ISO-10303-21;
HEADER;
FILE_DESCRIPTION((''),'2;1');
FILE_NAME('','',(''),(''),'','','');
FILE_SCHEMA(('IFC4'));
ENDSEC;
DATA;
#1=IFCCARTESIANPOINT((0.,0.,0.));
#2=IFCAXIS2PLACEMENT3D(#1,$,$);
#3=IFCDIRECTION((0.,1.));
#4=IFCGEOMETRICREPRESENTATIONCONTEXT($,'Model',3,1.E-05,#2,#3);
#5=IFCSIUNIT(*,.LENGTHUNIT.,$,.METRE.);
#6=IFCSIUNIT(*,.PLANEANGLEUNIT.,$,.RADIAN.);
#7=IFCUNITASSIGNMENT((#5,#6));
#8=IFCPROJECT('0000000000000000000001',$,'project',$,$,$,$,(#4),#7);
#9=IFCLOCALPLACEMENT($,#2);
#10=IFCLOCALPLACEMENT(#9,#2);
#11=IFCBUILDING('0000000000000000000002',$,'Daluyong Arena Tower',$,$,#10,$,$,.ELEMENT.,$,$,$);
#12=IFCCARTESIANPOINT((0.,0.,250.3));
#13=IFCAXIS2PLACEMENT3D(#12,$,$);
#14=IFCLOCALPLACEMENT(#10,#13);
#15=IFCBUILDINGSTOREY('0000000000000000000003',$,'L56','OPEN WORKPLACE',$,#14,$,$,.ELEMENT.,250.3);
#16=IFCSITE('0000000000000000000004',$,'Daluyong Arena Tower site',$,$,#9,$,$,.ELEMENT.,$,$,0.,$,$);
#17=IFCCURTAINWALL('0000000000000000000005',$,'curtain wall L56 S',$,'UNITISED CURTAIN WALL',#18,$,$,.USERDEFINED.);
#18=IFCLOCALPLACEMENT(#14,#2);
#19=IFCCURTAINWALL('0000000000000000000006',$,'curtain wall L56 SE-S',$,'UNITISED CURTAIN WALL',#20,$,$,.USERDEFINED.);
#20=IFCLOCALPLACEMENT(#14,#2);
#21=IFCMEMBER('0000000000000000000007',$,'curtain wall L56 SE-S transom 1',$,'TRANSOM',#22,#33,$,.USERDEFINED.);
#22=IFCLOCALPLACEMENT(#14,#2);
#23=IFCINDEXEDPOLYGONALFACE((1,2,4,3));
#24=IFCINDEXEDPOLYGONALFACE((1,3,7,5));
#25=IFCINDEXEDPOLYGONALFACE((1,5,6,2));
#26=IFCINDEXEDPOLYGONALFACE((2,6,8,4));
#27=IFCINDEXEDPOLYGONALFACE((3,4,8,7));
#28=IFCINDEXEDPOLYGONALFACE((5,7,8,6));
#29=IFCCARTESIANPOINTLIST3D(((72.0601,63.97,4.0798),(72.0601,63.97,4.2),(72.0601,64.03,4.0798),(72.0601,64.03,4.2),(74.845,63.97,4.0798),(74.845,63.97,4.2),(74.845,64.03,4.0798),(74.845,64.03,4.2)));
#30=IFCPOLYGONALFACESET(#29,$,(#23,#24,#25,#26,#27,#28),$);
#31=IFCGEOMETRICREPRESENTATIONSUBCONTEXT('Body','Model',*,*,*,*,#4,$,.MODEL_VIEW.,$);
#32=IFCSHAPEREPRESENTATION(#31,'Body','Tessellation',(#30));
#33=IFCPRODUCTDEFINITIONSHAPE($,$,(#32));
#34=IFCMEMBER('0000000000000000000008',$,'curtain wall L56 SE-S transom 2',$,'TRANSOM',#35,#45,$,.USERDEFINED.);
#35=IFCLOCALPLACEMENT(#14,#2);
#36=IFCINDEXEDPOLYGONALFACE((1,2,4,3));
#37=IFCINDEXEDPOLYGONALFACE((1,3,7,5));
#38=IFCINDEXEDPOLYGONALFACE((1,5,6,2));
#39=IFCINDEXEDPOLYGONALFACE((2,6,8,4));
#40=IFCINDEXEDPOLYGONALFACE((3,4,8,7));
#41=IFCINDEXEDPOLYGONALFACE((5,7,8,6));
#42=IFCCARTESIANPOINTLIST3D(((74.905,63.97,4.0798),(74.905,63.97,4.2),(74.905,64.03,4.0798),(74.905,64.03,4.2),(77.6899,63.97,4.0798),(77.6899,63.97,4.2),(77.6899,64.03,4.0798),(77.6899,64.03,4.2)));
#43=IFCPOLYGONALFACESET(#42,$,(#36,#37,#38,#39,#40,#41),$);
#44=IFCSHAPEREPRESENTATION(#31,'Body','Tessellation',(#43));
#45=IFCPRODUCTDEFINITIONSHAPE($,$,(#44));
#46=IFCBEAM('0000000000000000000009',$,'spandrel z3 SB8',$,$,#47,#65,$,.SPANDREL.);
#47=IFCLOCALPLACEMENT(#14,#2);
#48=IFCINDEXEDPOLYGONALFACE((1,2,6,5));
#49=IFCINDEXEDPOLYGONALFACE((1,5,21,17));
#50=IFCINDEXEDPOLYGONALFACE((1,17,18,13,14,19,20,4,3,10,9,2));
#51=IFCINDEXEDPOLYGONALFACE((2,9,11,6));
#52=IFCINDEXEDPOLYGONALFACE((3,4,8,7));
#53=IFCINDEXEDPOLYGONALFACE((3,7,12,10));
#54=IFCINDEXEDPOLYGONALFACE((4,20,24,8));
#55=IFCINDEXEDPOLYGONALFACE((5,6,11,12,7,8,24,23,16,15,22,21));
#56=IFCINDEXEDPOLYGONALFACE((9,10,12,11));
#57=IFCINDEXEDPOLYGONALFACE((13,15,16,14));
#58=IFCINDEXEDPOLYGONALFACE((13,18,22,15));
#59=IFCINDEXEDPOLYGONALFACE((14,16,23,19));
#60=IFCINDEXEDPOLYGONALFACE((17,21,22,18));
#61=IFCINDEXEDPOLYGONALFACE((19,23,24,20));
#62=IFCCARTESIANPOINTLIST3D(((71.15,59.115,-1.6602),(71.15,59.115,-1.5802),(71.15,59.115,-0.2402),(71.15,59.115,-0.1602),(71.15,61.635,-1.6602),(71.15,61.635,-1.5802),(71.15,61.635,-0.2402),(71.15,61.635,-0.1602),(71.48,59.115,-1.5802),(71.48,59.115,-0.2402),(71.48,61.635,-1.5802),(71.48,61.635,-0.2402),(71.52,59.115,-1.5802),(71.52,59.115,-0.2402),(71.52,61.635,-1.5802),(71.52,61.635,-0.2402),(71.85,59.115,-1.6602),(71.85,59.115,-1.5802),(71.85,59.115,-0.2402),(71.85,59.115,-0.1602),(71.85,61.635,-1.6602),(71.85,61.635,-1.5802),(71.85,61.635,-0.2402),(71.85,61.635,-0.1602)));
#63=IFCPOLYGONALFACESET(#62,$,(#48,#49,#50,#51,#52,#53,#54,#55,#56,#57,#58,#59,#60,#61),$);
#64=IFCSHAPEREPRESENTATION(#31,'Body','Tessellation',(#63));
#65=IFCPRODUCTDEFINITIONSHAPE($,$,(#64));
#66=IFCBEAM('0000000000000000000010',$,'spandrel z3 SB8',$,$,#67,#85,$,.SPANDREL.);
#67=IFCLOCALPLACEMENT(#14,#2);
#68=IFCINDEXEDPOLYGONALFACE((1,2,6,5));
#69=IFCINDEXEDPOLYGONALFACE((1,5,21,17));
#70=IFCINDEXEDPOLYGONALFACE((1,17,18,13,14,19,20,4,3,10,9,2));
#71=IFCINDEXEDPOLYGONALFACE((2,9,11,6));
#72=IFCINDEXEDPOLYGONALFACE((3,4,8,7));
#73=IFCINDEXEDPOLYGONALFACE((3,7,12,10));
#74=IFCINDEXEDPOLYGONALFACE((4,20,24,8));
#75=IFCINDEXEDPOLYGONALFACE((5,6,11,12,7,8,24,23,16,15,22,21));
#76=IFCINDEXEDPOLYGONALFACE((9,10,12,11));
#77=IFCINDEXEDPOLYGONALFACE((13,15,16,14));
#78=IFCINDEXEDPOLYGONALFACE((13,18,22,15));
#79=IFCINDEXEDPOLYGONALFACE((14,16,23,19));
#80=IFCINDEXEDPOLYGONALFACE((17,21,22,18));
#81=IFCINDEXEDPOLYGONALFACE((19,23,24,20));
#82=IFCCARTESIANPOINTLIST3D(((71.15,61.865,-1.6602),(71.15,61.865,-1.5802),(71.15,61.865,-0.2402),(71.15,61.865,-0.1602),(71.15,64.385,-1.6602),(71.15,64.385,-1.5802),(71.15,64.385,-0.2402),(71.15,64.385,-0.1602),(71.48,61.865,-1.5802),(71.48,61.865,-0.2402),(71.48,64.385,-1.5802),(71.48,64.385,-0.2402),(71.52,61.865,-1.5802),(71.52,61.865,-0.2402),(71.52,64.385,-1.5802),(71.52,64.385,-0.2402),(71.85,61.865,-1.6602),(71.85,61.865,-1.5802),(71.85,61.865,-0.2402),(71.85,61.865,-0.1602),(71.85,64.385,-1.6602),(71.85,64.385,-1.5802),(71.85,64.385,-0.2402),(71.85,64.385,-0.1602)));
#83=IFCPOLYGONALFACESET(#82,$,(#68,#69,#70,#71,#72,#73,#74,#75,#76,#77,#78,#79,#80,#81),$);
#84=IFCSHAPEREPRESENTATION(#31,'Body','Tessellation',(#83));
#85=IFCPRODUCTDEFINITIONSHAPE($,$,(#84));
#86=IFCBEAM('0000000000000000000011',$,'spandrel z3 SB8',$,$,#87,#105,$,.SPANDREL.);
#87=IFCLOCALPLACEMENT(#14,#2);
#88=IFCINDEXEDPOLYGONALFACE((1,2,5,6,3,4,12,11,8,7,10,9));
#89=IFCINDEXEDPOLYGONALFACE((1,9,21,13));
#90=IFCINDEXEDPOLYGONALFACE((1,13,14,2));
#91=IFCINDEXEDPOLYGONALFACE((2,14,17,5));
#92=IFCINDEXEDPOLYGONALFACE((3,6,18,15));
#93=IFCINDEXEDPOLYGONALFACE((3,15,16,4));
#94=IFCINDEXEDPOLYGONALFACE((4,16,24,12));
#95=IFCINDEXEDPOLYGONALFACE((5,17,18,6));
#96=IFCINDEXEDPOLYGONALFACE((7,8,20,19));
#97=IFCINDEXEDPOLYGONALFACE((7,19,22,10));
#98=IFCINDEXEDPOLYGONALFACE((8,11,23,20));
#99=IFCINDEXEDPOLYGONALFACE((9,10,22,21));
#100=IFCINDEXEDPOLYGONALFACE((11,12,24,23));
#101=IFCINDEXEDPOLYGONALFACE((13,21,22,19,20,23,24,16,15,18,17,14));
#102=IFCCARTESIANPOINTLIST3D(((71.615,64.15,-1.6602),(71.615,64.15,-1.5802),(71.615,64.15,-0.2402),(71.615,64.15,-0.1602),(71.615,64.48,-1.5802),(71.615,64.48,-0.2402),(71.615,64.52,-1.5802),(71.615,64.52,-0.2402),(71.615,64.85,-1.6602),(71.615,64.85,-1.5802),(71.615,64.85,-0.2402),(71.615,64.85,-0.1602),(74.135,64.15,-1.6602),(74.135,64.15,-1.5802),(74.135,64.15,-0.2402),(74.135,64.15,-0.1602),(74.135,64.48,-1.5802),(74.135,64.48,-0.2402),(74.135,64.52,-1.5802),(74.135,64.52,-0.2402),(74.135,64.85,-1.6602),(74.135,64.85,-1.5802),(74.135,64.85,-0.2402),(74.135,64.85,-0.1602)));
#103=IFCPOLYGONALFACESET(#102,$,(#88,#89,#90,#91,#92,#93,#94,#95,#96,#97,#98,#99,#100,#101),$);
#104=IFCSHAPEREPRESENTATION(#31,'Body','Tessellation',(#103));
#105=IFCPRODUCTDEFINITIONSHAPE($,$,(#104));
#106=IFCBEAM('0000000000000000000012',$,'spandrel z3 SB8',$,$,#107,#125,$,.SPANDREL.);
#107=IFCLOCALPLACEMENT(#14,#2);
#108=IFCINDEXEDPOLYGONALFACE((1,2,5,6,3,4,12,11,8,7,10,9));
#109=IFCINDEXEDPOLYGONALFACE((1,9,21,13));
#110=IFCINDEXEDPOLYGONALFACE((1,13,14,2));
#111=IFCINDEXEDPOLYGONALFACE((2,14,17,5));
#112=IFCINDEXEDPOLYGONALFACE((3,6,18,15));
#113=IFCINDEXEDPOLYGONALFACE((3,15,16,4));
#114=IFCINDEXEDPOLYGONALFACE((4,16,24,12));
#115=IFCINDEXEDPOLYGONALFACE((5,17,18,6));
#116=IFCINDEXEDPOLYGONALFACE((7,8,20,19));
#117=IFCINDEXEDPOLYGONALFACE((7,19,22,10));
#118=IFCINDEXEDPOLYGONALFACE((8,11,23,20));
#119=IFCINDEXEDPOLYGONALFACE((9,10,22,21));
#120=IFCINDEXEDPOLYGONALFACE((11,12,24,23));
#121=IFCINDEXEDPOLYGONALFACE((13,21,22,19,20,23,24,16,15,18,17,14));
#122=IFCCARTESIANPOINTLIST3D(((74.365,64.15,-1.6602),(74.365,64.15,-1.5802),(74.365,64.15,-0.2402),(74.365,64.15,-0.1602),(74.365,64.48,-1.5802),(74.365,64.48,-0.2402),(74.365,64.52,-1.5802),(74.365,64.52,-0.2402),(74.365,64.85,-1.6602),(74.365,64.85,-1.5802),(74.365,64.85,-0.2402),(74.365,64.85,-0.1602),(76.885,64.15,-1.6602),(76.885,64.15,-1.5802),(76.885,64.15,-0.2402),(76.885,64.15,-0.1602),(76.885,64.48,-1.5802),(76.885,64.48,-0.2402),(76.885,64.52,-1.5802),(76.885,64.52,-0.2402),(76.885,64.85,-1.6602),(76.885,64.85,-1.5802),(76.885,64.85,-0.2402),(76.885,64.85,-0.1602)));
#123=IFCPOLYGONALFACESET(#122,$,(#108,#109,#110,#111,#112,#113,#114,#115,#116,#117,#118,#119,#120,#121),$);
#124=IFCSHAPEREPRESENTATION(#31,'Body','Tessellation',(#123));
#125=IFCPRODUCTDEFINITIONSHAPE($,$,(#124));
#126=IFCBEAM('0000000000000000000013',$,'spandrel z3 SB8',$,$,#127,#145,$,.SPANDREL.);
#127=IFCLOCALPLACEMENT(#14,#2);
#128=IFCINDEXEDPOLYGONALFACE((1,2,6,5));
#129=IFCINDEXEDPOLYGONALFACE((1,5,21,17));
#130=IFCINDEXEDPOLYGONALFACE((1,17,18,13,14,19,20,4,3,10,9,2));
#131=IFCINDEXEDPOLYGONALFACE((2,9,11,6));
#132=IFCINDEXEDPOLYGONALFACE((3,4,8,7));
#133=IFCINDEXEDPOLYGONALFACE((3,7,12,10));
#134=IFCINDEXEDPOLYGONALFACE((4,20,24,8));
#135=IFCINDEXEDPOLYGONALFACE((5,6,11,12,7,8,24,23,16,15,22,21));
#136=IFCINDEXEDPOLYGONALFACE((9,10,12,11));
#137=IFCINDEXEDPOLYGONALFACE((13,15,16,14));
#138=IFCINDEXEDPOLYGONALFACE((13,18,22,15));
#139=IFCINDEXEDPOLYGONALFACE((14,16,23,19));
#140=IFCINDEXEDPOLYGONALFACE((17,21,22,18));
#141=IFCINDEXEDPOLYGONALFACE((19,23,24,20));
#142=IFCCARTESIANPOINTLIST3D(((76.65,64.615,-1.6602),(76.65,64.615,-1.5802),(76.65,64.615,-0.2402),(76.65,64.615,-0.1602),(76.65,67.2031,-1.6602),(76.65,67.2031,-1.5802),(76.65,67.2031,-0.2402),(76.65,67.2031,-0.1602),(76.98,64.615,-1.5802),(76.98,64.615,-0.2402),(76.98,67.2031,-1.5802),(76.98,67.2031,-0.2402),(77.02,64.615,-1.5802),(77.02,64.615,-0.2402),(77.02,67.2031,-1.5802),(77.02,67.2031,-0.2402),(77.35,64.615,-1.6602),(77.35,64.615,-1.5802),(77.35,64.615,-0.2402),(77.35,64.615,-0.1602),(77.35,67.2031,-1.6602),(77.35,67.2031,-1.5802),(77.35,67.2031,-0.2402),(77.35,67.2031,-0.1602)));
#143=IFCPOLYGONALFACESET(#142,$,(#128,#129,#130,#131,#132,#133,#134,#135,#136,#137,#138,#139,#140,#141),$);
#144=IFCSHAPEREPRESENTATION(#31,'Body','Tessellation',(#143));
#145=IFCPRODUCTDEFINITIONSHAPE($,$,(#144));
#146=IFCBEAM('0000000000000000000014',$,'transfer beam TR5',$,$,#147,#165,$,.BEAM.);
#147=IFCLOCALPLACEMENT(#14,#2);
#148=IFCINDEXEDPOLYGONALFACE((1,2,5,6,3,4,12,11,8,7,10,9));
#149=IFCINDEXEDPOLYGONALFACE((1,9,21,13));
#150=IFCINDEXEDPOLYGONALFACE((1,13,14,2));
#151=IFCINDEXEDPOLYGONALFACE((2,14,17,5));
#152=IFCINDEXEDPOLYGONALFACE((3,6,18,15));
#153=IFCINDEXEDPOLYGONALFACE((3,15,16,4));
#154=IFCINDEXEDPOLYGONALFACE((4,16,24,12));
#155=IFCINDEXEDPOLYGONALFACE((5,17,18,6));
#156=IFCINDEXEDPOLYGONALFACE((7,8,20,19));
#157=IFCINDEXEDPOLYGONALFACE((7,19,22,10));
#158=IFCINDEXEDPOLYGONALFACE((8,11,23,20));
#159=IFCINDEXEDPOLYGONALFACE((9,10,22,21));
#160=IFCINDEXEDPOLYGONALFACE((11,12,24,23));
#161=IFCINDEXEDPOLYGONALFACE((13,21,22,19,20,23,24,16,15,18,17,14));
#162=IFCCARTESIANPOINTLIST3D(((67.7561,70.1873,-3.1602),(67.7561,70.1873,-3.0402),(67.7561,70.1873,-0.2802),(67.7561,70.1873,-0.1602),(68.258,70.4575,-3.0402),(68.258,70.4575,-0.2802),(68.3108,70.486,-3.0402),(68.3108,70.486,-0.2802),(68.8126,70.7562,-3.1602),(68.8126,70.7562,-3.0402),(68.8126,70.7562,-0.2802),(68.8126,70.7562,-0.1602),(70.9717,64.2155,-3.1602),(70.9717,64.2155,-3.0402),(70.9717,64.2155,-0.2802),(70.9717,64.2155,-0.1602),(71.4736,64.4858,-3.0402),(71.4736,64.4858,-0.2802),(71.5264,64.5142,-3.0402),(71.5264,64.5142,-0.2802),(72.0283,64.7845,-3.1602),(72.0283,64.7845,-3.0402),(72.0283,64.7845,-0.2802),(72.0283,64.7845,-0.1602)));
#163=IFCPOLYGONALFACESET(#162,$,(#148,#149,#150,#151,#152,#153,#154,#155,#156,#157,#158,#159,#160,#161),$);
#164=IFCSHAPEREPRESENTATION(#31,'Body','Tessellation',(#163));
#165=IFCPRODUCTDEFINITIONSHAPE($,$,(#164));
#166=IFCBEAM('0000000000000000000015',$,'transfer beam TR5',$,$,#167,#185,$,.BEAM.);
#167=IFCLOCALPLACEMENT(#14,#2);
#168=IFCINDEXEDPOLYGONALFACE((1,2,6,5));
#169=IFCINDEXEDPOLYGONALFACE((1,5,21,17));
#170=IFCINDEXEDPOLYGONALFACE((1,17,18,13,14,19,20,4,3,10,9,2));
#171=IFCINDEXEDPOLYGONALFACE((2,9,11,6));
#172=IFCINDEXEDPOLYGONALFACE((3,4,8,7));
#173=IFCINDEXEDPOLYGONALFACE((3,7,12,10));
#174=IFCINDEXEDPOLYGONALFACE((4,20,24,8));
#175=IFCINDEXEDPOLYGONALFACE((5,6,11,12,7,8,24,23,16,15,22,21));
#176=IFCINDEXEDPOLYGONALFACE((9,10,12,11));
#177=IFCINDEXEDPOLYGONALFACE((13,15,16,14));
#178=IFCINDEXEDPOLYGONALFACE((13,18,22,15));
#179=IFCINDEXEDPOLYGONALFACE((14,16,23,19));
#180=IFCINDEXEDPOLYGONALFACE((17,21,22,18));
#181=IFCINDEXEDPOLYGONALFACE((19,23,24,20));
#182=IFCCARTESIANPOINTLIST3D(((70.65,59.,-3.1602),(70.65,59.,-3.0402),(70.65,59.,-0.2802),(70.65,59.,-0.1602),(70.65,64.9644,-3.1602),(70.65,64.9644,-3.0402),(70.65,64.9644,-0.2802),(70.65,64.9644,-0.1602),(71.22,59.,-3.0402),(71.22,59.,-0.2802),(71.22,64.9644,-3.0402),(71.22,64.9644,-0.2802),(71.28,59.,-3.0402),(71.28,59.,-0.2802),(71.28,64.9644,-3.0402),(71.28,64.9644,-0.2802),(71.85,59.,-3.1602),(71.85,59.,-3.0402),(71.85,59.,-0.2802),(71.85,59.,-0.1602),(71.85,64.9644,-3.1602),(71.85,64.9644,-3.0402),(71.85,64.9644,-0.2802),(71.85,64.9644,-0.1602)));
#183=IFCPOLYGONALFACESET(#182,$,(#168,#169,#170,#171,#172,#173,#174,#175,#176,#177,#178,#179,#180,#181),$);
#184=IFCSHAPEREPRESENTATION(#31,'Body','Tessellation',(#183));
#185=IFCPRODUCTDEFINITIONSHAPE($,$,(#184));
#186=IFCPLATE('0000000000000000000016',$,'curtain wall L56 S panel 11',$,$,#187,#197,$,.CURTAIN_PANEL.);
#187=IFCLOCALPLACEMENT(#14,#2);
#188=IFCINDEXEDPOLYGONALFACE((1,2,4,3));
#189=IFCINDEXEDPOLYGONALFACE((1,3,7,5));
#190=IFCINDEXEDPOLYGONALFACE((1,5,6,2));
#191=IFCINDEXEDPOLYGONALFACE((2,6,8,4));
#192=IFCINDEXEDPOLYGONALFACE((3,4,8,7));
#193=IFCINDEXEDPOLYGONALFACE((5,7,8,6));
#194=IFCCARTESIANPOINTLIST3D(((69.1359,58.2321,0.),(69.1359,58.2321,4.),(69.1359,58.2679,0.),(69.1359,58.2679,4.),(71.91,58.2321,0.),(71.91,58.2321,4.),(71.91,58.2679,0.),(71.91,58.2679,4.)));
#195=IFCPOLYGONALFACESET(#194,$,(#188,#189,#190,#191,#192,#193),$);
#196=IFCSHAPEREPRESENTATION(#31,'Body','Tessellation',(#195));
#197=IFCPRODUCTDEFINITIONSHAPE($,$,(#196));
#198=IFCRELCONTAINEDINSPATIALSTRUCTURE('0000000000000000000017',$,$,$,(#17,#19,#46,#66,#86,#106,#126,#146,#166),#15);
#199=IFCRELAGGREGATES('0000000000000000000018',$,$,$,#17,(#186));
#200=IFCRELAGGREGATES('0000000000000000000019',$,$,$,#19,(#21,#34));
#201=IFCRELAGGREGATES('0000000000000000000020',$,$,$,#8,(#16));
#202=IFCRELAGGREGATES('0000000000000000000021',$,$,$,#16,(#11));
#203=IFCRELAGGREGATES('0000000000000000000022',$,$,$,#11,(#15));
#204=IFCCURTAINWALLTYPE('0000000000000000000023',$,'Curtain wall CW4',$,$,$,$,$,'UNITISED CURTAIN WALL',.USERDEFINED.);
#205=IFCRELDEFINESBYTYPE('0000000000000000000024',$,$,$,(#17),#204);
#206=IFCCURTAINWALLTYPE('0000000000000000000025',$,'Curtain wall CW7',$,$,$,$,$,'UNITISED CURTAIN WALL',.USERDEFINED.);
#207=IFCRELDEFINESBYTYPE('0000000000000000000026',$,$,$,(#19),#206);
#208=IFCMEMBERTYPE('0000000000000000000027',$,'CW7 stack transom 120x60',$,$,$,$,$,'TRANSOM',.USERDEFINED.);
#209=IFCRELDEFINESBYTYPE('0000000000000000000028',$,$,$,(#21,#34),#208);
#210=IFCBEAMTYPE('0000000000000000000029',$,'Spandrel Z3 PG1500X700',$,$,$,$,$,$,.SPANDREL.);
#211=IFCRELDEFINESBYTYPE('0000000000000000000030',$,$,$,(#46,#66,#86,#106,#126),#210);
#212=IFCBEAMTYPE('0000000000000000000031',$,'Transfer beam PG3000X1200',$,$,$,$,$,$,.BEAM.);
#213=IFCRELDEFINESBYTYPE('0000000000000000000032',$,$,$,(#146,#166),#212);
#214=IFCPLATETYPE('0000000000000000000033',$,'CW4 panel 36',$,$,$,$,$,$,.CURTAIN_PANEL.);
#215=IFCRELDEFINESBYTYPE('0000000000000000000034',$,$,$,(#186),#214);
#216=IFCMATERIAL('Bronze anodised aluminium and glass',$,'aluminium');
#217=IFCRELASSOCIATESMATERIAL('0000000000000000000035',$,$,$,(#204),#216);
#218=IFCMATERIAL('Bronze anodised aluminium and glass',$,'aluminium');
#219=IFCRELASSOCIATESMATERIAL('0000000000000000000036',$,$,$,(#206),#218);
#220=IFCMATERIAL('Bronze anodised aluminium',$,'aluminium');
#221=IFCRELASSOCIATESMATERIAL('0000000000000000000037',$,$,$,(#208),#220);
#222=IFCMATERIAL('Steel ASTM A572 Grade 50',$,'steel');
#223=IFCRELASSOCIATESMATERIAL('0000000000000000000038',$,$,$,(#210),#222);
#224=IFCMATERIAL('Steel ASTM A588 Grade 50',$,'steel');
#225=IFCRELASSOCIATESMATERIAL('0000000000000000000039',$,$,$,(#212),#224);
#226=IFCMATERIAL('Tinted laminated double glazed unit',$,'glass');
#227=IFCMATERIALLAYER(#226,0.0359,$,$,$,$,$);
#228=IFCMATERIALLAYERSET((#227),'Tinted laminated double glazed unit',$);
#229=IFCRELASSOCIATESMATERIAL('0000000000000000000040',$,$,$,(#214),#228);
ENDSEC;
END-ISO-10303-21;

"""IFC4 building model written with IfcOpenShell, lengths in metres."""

from ifc_helpers import new_model, si_unit, direction, frame, origin, origin_2d, place, context, subcontext, project, spatial, rectangle, i_section, extrude, material, layer, layer_set, material_profile, profile_set, type_object, element, aggregate, save


model = new_model("IFC4")

# Units and contexts
model_context = context("Model", 3, precision=1e-05, world=origin(), true_north=direction((0.0, 1.0)))
body_context = subcontext(model_context, "Body", "Model", "MODEL_VIEW")
ifc_project = project(units=[si_unit("LENGTHUNIT", "METRE"), si_unit("PLANEANGLEUNIT", "RADIAN")], contexts=[model_context])

# Site, building, storey
site_placement = place(None, origin())
site = spatial("IfcSite", under=ifc_project, at=site_placement, Name="Daluyong Arena Tower site", CompositionType="ELEMENT", RefElevation=0.0)
building_placement = place(site_placement, origin())
building = spatial("IfcBuilding", under=site, at=building_placement, Name="Daluyong Arena Tower", CompositionType="ELEMENT")
storey_placement = place(building_placement, frame((0.0, 0.0, 250.3)))
storey = spatial("IfcBuildingStorey", under=building, at=storey_placement, Name="L56", Description="OPEN WORKPLACE", CompositionType="ELEMENT", Elevation=250.3)

# Curtain wall
ifc_material_1 = material(Name="Bronze anodised aluminium and glass", Category="aluminium")
curtain_wall_type_1 = type_object("IfcCurtainWallType", Name="Curtain wall CW4", ElementType="UNITISED CURTAIN WALL", PredefinedType="USERDEFINED", material=ifc_material_1)
curtain_wall_1_placement = place(storey_placement, origin())
curtain_wall_1 = element("IfcCurtainWall", 1, at=curtain_wall_1_placement, inside=storey, type_object=curtain_wall_type_1, Name="curtain wall L56 S", ObjectType="UNITISED CURTAIN WALL", PredefinedType="USERDEFINED")

# Curtain wall
ifc_material_2 = material(Name="Bronze anodised aluminium and glass", Category="aluminium")
curtain_wall_type_2 = type_object("IfcCurtainWallType", Name="Curtain wall CW7", ElementType="UNITISED CURTAIN WALL", PredefinedType="USERDEFINED", material=ifc_material_2)
curtain_wall_2_placement = place(storey_placement, origin())
curtain_wall_2 = element("IfcCurtainWall", 2, at=curtain_wall_2_placement, inside=storey, type_object=curtain_wall_type_2, Name="curtain wall L56 SE-S", ObjectType="UNITISED CURTAIN WALL", PredefinedType="USERDEFINED")

# Members
ifc_material_3 = material(Name="Bronze anodised aluminium", Category="aluminium")
ifc_material_profile_1 = material_profile(ifc_material_3, rectangle(XDim=0.0601, YDim=0.1201, at=origin_2d()))
ifc_profile_set_1 = profile_set([ifc_material_profile_1], Name="Bronze anodised aluminium")
member_type_1 = type_object("IfcMemberType", Name="CW7 stack transom 120x60", ElementType="TRANSOM", PredefinedType="USERDEFINED", material=ifc_profile_set_1)
member_1_placement = place(storey_placement, frame((72.0601, 64.0, 4.1399), z_axis=(1.0, 0.0, 0.0), x_axis=(0.0, 1.0, 0.0)))
member_1 = element("IfcMember", 3, at=member_1_placement, type_object=member_type_1, Name="curtain wall L56 SE-S transom 1", ObjectType="TRANSOM", PredefinedType="USERDEFINED", context=body_context, shape_type="SweptSolid", body=[
    extrude(rectangle(XDim=0.0601, YDim=0.1201, at=origin_2d()), origin(), (0.0, 0.0, 1.0), 2.7849),
])
member_2_placement = place(storey_placement, frame((74.905, 64.0, 4.1399), z_axis=(1.0, 0.0, 0.0), x_axis=(0.0, 1.0, 0.0)))
member_2 = element("IfcMember", 4, at=member_2_placement, type_object=member_type_1, Name="curtain wall L56 SE-S transom 2", ObjectType="TRANSOM", PredefinedType="USERDEFINED", context=body_context, shape_type="SweptSolid", body=[
    extrude(rectangle(XDim=0.0601, YDim=0.1201, at=origin_2d()), origin(), (0.0, 0.0, 1.0), 2.7849),
])

# Beams
ifc_material_4 = material(Name="Steel ASTM A572 Grade 50", Category="steel")
ifc_material_profile_2 = material_profile(ifc_material_4, i_section(OverallWidth=0.7, OverallDepth=1.5, WebThickness=0.04, FlangeThickness=0.08, at=origin_2d()))
ifc_profile_set_2 = profile_set([ifc_material_profile_2], Name="Steel ASTM A572 Grade 50")
beam_type_1 = type_object("IfcBeamType", Name="Spandrel Z3 PG1500X700", PredefinedType="SPANDREL", material=ifc_profile_set_2)
for number, where, z_axis, x_axis, name in (
    (5, (71.5, 59.115, -0.9102), (0.0, 1.0, 0.0), (-1.0, 0.0, 0.0), "spandrel z3 SB8"),
    (6, (71.5, 61.865, -0.9102), (0.0, 1.0, 0.0), (-1.0, 0.0, 0.0), "spandrel z3 SB8"),
    (7, (71.615, 64.5, -0.9102), (1.0, 0.0, 0.0), (0.0, 1.0, 0.0), "spandrel z3 SB8"),
    (8, (74.365, 64.5, -0.9102), (1.0, 0.0, 0.0), (0.0, 1.0, 0.0), "spandrel z3 SB8"),
):
    element("IfcBeam", number, at=place(storey_placement, frame(where, z_axis=z_axis, x_axis=x_axis)), inside=storey, type_object=beam_type_1, Name=name, PredefinedType="SPANDREL", context=body_context, shape_type="SweptSolid", body=[
        extrude(i_section(OverallWidth=0.7, OverallDepth=1.5, WebThickness=0.04, FlangeThickness=0.08, at=origin_2d()), origin(), (0.0, 0.0, 1.0), 2.52),
    ])
beam_1_placement = place(storey_placement, frame((77.0, 64.615, -0.9102), z_axis=(0.0, 1.0, 0.0), x_axis=(-1.0, 0.0, 0.0)))
element("IfcBeam", 9, at=beam_1_placement, inside=storey, type_object=beam_type_1, Name="spandrel z3 SB8", PredefinedType="SPANDREL", context=body_context, shape_type="SweptSolid", body=[
    extrude(i_section(OverallWidth=0.7, OverallDepth=1.5, WebThickness=0.04, FlangeThickness=0.08, at=origin_2d()), origin(), (0.0, 0.0, 1.0), 2.5881),
])
ifc_material_5 = material(Name="Steel ASTM A588 Grade 50", Category="steel")
ifc_material_profile_3 = material_profile(ifc_material_5, i_section(OverallWidth=1.2, OverallDepth=3.0, WebThickness=0.06, FlangeThickness=0.12, at=origin_2d()))
ifc_profile_set_3 = profile_set([ifc_material_profile_3], Name="Steel ASTM A588 Grade 50")
beam_type_2 = type_object("IfcBeamType", Name="Transfer beam PG3000X1200", PredefinedType="BEAM", material=ifc_profile_set_3)
beam_2_placement = place(storey_placement, frame((71.5, 64.5, -1.6602), z_axis=(-0.474106, 0.880468, 0.0), x_axis=(-0.880468, -0.474106, 0.0)))
element("IfcBeam", 10, at=beam_2_placement, inside=storey, type_object=beam_type_2, Name="transfer beam TR5", PredefinedType="BEAM", context=body_context, shape_type="SweptSolid", body=[
    extrude(i_section(OverallWidth=1.2, OverallDepth=3.0, WebThickness=0.06, FlangeThickness=0.12, at=origin_2d()), origin(), (0.0, 0.0, 1.0), 6.7825),
])
beam_3_placement = place(storey_placement, frame((71.25, 59.0, -1.6602), z_axis=(0.0, 1.0, 0.0), x_axis=(-1.0, 0.0, 0.0)))
element("IfcBeam", 11, at=beam_3_placement, inside=storey, type_object=beam_type_2, Name="transfer beam TR5", PredefinedType="BEAM", context=body_context, shape_type="SweptSolid", body=[
    extrude(i_section(OverallWidth=1.2, OverallDepth=3.0, WebThickness=0.06, FlangeThickness=0.12, at=origin_2d()), origin(), (0.0, 0.0, 1.0), 5.9644),
])

# Plate
ifc_material_6 = material(Name="Tinted laminated double glazed unit", Category="glass")
ifc_layer_1 = layer(ifc_material_6, 0.0359)
ifc_layer_set_1 = layer_set([ifc_layer_1], Name="Tinted laminated double glazed unit")
plate_type_1 = type_object("IfcPlateType", Name="CW4 panel 36", PredefinedType="CURTAIN_PANEL", material=ifc_layer_set_1)
plate_1_placement = place(storey_placement, frame((70.5229, 58.25, 0.0), z_axis=(0.0, 0.0, 1.0), x_axis=(1.0, 0.0, 0.0)))
plate_1 = element("IfcPlate", 12, at=plate_1_placement, type_object=plate_type_1, Name="curtain wall L56 S panel 11", PredefinedType="CURTAIN_PANEL", context=body_context, shape_type="SweptSolid", body=[
    extrude(rectangle(XDim=2.7742, YDim=0.0359, at=origin_2d()), origin(), (0.0, 0.0, 1.0), 4.0),
])
aggregate(curtain_wall_1, [plate_1])
aggregate(curtain_wall_2, [member_1, member_2])

save(model, "model.ifc")
